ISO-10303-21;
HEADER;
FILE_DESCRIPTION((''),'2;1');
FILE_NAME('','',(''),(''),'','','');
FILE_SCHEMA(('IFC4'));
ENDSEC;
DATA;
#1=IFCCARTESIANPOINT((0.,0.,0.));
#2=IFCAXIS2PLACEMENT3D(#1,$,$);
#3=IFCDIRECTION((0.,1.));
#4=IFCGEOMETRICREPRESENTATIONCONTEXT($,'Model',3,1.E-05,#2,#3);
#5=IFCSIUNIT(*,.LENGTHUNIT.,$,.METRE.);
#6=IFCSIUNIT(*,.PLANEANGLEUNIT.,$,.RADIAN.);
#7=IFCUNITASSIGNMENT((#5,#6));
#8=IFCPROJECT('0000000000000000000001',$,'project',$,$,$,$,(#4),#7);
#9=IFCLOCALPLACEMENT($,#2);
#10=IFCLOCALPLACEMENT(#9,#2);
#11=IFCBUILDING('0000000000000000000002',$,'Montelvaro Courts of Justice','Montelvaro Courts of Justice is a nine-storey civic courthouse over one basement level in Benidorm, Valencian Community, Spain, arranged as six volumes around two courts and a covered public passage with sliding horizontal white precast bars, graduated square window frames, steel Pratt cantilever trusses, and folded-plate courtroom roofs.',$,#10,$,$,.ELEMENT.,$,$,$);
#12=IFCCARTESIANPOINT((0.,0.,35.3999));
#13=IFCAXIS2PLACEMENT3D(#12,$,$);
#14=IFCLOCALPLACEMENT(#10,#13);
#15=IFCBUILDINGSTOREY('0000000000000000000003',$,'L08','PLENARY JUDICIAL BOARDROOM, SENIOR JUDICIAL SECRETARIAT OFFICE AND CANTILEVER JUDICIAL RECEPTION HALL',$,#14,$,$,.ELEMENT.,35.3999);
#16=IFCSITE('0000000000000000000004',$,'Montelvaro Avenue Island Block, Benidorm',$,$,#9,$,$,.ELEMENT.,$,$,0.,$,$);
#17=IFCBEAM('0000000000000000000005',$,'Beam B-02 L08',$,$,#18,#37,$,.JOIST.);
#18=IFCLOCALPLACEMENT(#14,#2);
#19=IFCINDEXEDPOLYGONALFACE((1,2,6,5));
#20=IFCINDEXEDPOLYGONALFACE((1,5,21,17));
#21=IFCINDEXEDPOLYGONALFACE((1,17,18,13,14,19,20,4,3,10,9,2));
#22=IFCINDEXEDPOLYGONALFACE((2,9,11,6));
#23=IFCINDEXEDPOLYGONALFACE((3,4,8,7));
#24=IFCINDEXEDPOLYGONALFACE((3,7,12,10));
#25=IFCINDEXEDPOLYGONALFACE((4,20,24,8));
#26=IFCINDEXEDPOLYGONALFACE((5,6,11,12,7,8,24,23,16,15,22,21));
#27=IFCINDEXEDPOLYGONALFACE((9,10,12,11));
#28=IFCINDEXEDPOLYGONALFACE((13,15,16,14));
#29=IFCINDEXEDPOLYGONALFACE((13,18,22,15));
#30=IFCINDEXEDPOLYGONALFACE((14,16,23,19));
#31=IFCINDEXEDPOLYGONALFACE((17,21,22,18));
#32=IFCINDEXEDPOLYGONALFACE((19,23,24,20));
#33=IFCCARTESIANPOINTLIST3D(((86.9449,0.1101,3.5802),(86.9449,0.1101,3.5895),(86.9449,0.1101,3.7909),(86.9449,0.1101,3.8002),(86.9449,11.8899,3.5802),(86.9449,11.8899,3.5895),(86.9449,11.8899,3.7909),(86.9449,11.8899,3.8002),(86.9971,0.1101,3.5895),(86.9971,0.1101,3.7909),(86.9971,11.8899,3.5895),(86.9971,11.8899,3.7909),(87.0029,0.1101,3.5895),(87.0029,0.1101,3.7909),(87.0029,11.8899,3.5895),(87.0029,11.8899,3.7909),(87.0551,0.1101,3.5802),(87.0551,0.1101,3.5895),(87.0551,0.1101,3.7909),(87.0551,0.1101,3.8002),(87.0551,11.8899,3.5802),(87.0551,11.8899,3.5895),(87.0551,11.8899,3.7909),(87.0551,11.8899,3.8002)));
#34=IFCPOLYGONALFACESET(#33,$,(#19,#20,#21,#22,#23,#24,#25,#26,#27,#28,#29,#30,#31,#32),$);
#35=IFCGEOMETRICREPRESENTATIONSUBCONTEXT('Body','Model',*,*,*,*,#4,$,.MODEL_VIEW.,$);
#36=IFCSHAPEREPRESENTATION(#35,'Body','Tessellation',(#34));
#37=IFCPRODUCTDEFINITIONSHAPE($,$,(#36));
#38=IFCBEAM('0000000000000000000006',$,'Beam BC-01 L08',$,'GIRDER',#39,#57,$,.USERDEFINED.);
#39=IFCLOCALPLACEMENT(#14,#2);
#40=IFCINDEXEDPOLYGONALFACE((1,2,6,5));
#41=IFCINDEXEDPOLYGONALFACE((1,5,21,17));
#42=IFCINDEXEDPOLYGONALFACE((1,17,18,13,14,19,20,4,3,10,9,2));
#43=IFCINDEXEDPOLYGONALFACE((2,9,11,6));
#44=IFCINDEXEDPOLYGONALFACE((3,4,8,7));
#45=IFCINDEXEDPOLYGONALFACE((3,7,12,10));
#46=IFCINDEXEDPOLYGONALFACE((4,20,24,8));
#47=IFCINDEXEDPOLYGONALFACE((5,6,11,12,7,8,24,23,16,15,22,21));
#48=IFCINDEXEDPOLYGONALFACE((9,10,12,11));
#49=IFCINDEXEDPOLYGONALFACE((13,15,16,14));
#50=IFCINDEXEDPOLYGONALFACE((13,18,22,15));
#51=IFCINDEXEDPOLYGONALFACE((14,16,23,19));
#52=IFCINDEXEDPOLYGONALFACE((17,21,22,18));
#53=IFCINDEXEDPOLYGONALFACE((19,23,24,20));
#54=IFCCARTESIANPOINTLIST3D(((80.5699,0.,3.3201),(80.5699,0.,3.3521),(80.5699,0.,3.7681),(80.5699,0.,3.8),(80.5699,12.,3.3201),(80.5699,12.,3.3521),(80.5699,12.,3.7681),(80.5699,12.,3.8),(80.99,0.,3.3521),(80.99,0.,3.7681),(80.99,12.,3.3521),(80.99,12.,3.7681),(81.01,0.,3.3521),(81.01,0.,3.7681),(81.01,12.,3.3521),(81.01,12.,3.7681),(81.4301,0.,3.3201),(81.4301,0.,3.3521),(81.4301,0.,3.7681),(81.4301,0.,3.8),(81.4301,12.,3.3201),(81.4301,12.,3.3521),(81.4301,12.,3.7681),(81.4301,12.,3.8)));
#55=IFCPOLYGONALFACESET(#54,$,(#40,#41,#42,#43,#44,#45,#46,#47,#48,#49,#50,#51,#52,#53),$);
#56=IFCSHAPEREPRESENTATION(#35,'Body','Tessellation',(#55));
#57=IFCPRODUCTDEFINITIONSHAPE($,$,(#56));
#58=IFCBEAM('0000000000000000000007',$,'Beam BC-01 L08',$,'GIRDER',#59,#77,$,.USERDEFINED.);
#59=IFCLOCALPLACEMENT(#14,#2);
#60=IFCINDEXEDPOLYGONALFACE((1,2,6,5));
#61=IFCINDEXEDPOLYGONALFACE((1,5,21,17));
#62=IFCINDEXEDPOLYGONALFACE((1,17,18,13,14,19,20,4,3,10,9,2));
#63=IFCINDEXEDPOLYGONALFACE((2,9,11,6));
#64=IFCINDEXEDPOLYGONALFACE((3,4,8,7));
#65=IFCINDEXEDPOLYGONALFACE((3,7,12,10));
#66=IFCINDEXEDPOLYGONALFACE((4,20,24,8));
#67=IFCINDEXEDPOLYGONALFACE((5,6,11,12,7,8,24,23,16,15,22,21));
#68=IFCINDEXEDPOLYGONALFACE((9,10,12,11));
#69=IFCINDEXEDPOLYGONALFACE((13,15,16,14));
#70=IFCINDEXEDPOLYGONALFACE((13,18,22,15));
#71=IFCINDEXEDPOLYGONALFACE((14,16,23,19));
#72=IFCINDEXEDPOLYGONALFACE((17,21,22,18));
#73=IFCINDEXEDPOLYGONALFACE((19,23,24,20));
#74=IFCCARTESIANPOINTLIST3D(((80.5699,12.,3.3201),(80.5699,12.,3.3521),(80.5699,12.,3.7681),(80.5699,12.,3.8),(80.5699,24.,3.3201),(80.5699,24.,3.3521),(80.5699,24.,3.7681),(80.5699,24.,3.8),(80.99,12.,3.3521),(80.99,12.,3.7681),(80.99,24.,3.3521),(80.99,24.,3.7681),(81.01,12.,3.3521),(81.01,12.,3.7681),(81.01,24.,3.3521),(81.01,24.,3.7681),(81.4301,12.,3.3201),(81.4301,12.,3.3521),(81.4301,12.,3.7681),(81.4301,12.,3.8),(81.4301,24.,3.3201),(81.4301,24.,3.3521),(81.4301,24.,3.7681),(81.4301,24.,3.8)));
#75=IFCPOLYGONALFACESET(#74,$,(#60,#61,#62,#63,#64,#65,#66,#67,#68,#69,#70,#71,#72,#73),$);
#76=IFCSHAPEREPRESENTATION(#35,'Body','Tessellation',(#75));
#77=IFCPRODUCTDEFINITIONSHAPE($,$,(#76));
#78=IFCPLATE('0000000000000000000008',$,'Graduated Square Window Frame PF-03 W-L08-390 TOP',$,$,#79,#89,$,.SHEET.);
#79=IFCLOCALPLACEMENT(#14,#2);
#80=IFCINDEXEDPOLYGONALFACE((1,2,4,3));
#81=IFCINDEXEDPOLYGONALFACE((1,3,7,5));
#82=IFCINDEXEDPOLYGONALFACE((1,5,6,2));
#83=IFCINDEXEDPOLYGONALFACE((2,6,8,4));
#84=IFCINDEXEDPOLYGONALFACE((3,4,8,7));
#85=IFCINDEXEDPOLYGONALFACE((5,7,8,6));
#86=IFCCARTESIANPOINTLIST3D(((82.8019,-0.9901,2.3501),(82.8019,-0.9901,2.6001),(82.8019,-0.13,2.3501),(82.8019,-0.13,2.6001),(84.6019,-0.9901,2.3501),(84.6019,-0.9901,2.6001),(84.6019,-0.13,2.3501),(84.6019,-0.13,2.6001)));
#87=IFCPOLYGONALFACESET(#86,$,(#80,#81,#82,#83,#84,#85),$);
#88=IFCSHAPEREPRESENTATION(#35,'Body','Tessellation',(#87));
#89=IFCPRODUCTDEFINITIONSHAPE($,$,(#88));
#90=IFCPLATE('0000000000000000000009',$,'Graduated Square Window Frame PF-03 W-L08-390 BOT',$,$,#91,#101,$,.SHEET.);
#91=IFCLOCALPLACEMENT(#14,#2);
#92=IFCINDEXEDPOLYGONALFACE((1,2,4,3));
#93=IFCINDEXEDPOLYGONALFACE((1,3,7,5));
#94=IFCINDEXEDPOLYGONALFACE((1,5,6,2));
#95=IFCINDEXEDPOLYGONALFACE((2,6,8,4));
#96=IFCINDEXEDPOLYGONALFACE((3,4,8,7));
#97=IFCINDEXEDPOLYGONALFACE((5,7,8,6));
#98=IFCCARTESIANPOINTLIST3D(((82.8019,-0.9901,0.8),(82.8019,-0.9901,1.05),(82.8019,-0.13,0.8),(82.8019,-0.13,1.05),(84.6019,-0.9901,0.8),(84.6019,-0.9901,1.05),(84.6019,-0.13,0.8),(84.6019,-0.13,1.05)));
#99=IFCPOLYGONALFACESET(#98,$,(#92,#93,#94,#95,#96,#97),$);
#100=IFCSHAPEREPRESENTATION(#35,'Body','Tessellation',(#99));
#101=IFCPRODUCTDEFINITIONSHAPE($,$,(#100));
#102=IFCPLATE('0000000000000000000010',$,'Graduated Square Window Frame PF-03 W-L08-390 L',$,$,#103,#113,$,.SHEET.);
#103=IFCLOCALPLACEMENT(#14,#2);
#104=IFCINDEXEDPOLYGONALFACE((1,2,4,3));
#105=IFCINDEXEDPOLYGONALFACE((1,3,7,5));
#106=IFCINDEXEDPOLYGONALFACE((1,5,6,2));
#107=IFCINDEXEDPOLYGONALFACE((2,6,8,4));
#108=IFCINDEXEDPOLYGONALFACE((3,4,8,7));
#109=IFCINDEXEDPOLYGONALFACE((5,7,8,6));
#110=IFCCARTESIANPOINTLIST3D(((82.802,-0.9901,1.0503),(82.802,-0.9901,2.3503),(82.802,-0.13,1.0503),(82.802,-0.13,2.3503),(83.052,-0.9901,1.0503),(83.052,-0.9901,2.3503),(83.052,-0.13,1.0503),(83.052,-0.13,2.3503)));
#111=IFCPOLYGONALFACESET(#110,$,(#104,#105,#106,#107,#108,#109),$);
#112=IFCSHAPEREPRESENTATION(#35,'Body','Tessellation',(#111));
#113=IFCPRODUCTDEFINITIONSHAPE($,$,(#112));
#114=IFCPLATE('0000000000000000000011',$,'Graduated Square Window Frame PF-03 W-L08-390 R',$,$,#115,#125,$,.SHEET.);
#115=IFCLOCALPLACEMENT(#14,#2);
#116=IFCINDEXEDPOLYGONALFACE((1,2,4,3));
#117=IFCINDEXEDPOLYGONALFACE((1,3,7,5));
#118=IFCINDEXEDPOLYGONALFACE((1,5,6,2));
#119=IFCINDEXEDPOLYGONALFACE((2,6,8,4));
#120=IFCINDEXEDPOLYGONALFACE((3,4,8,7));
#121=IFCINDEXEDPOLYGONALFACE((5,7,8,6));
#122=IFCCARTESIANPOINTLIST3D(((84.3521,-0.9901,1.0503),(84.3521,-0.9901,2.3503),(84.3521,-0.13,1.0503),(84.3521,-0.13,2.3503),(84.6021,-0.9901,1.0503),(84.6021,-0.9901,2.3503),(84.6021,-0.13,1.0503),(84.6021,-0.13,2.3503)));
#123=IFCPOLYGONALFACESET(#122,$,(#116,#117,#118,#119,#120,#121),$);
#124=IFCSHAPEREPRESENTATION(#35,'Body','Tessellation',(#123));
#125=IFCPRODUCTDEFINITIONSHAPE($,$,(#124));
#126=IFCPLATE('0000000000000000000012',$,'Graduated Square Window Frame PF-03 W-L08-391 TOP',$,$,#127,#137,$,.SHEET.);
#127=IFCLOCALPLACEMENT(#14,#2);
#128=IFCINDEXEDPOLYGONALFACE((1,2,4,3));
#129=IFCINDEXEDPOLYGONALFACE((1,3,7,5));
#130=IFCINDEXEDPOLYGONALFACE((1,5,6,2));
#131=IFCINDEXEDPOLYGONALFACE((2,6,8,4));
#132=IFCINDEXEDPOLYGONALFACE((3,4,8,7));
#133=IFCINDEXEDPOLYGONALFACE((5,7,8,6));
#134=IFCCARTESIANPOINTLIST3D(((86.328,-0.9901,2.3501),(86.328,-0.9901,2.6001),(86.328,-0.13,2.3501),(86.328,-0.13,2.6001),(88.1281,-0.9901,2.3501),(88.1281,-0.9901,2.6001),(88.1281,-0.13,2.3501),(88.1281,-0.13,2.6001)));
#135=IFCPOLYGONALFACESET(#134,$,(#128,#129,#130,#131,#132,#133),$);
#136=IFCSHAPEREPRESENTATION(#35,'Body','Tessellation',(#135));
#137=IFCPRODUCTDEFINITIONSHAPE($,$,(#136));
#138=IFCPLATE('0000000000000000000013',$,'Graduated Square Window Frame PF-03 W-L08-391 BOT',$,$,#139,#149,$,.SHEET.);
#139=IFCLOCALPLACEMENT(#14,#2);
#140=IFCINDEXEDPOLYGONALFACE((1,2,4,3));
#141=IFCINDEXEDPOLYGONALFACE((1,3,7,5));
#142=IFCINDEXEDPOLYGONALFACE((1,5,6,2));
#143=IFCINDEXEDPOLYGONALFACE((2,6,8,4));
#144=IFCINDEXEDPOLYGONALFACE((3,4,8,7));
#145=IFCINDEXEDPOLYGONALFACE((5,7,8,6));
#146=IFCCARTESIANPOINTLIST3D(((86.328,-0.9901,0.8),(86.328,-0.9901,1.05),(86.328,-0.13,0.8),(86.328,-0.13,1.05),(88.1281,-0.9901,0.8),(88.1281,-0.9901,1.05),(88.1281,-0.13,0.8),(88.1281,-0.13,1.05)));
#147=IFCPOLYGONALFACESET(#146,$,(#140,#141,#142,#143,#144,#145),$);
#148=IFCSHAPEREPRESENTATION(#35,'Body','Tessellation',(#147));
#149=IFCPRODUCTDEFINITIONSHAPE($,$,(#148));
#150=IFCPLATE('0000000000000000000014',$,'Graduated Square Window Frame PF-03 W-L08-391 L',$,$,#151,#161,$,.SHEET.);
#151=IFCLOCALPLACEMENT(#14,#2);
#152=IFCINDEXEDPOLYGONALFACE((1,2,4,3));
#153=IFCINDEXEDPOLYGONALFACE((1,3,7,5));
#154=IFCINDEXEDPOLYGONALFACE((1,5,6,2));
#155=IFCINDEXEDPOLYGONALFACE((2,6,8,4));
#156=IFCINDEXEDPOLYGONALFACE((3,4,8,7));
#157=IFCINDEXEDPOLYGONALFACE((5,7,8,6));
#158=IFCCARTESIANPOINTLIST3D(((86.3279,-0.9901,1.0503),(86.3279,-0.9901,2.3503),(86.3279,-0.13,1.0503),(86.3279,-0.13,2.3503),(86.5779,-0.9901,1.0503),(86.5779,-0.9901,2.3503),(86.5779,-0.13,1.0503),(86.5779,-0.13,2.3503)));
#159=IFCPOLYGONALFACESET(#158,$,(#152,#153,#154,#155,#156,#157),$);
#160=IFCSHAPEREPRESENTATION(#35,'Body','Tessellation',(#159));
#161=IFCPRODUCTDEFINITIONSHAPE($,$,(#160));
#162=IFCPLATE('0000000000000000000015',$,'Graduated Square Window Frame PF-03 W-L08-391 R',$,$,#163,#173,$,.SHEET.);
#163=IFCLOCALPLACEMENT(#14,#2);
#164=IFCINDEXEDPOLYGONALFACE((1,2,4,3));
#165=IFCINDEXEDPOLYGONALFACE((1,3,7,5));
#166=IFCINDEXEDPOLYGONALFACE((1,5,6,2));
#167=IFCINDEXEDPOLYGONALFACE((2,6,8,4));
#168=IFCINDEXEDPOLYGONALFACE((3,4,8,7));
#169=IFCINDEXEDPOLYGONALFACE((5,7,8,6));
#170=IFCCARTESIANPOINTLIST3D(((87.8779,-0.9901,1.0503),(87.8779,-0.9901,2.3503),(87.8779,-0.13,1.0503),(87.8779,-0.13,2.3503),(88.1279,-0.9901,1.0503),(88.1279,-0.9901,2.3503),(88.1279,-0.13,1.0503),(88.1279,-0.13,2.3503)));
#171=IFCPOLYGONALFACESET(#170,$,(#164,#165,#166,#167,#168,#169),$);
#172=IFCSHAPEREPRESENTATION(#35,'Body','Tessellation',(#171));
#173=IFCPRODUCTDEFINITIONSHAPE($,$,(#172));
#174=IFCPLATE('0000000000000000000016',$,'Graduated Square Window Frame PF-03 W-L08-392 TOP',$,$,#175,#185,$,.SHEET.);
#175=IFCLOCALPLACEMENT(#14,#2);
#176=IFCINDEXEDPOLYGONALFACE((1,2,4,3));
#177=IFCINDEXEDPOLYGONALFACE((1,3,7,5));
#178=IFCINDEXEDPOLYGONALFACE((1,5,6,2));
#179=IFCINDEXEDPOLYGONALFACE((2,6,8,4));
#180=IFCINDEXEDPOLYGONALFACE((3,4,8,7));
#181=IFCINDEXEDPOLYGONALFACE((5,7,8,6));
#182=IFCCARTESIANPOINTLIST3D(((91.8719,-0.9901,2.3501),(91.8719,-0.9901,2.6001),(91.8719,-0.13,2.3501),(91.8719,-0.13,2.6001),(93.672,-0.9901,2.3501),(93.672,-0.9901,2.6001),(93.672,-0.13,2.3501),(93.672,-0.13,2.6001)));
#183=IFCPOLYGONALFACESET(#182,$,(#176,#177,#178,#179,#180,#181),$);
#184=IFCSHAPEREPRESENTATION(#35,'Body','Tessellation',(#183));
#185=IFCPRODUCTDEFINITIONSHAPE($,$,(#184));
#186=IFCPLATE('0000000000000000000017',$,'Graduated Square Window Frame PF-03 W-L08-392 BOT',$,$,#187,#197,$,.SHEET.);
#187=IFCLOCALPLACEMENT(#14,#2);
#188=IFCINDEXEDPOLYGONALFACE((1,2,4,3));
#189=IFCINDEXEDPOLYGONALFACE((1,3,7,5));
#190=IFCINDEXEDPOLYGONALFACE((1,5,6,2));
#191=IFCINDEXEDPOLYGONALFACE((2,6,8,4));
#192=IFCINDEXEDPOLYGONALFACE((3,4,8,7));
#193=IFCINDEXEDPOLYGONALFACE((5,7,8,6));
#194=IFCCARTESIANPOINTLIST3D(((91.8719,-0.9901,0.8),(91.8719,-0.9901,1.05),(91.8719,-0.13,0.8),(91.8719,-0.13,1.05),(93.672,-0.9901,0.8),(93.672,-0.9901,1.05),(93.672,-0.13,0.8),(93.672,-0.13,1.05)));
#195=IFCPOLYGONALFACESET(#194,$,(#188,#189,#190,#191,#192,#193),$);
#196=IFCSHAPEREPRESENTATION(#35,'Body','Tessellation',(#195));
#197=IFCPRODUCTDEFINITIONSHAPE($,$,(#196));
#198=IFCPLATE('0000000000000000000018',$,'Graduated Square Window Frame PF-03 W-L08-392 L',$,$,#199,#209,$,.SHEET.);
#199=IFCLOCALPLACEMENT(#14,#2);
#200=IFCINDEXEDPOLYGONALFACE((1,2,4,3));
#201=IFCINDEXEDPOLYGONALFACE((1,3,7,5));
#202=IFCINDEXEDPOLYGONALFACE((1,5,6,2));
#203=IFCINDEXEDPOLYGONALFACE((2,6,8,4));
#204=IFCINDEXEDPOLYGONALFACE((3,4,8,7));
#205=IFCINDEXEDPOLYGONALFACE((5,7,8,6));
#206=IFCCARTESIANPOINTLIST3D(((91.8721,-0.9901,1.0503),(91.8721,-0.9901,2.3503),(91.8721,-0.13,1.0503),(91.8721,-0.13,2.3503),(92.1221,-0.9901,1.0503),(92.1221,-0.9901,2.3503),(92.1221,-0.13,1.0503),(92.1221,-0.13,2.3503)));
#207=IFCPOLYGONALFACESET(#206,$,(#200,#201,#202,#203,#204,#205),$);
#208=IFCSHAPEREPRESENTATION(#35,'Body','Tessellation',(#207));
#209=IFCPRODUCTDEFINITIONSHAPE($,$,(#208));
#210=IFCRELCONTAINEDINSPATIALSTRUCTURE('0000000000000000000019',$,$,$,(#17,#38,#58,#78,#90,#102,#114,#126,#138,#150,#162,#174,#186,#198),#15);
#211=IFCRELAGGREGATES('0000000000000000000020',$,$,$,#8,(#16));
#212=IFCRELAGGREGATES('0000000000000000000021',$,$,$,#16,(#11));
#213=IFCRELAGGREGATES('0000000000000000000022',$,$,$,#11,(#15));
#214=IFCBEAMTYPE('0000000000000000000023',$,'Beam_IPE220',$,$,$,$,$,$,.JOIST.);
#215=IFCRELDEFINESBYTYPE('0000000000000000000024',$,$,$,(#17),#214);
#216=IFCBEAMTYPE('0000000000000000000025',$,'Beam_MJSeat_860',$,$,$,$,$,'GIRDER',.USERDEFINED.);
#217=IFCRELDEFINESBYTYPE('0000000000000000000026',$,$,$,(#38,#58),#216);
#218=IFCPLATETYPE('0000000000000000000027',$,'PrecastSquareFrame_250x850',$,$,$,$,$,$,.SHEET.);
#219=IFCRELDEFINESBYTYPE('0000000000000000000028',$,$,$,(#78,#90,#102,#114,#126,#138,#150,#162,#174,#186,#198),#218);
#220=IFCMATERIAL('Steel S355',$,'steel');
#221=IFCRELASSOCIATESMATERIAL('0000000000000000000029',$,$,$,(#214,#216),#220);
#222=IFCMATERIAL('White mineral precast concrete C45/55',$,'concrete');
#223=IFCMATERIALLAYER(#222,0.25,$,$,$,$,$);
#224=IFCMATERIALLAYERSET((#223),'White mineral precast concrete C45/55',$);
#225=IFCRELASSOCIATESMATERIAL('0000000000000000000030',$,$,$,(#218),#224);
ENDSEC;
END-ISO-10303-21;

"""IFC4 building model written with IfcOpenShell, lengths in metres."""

from ifc_helpers import new_model, si_unit, direction, frame, origin, origin_2d, place, context, subcontext, project, spatial, rectangle, i_section, extrude, material, layer, layer_set, material_profile, profile_set, type_object, element, save


model = new_model("IFC4")

# Units and contexts
model_context = context("Model", 3, precision=1e-05, world=origin(), true_north=direction((0.0, 1.0)))
body_context = subcontext(model_context, "Body", "Model", "MODEL_VIEW")
ifc_project = project(units=[si_unit("LENGTHUNIT", "METRE"), si_unit("PLANEANGLEUNIT", "RADIAN")], contexts=[model_context])

# Site, building, storey
site_placement = place(None, origin())
site = spatial("IfcSite", under=ifc_project, at=site_placement, Name="Montelvaro Avenue Island Block, Benidorm", CompositionType="ELEMENT", RefElevation=0.0)
building_placement = place(site_placement, origin())
building = spatial("IfcBuilding", under=site, at=building_placement, Name="Montelvaro Courts of Justice", Description="Montelvaro Courts of Justice is a nine-storey civic courthouse over one basement level in Benidorm, Valencian Community, Spain, arranged as six volumes around two courts and a covered public passage with sliding horizontal white precast bars, graduated square window frames, steel Pratt cantilever trusses, and folded-plate courtroom roofs.", CompositionType="ELEMENT")
storey_placement = place(building_placement, frame((0.0, 0.0, 35.3999)))
storey = spatial("IfcBuildingStorey", under=building, at=storey_placement, Name="L08", Description="PLENARY JUDICIAL BOARDROOM, SENIOR JUDICIAL SECRETARIAT OFFICE AND CANTILEVER JUDICIAL RECEPTION HALL", CompositionType="ELEMENT", Elevation=35.3999)

# Shared definitions
ifc_material_1 = material(Name="Steel S355", Category="steel")

# Beams
ifc_material_profile_1 = material_profile(ifc_material_1, i_section(OverallWidth=0.1101, OverallDepth=0.22, WebThickness=0.0059, FlangeThickness=0.0093, at=origin_2d()), Name="IPE 220")
ifc_profile_set_1 = profile_set([ifc_material_profile_1], Name="Steel S355")
beam_type_1 = type_object("IfcBeamType", Name="Beam_IPE220", PredefinedType="JOIST", material=ifc_profile_set_1)
beam_1_placement = place(storey_placement, frame((87.0, 0.1101, 3.6902), z_axis=(0.0, 1.0, 0.0), x_axis=(-1.0, 0.0, 0.0)))
element("IfcBeam", 1, at=beam_1_placement, inside=storey, type_object=beam_type_1, Name="Beam B-02 L08", PredefinedType="JOIST", context=body_context, shape_type="SweptSolid", body=[
    extrude(i_section(OverallWidth=0.1101, OverallDepth=0.22, WebThickness=0.0059, FlangeThickness=0.0093, at=origin_2d()), origin(), (0.0, 0.0, 1.0), 11.7798),
])
ifc_material_profile_2 = material_profile(ifc_material_1, i_section(OverallWidth=0.8601, OverallDepth=0.48, WebThickness=0.02, FlangeThickness=0.032, at=origin_2d()), Name="HL 480x860")
ifc_profile_set_2 = profile_set([ifc_material_profile_2], Name="Steel S355")
beam_type_2 = type_object("IfcBeamType", Name="Beam_MJSeat_860", ElementType="GIRDER", PredefinedType="USERDEFINED", material=ifc_profile_set_2)
for number, where, z_axis, x_axis, name in (
    (2, (81.0, 0.0, 3.5601), (0.0, 1.0, 0.0), (-1.0, 0.0, 0.0), "Beam BC-01 L08"),
    (3, (81.0, 12.0, 3.5601), (0.0, 1.0, 0.0), (-1.0, 0.0, 0.0), "Beam BC-01 L08"),
):
    element("IfcBeam", number, at=place(storey_placement, frame(where, z_axis=z_axis, x_axis=x_axis)), inside=storey, type_object=beam_type_2, Name=name, ObjectType="GIRDER", PredefinedType="USERDEFINED", context=body_context, shape_type="SweptSolid", body=[
        extrude(i_section(OverallWidth=0.8601, OverallDepth=0.48, WebThickness=0.02, FlangeThickness=0.032, at=origin_2d()), origin(), (0.0, 0.0, 1.0), 12.0),
    ])

# Plates
ifc_material_2 = material(Name="White mineral precast concrete C45/55", Category="concrete")
ifc_layer_1 = layer(ifc_material_2, 0.25)
ifc_layer_set_1 = layer_set([ifc_layer_1], Name="White mineral precast concrete C45/55")
plate_type = type_object("IfcPlateType", Name="PrecastSquareFrame_250x850", PredefinedType="SHEET", material=ifc_layer_set_1)
for number, where, z_axis, x_axis, name in (
    (4, (83.7019, -0.5601, 2.3501), (0.0, 0.0, 1.0), (1.0, 0.0, 0.0), "Graduated Square Window Frame PF-03 W-L08-390 TOP"),
    (5, (83.7019, -0.5601, 0.8), (0.0, 0.0, 1.0), (1.0, 0.0, 0.0), "Graduated Square Window Frame PF-03 W-L08-390 BOT"),
):
    element("IfcPlate", number, at=place(storey_placement, frame(where, z_axis=z_axis, x_axis=x_axis)), inside=storey, type_object=plate_type, Name=name, PredefinedType="SHEET", context=body_context, shape_type="SweptSolid", body=[
        extrude(rectangle(XDim=1.8, YDim=0.8601, at=origin_2d()), origin(), (0.0, 0.0, 1.0), 0.25),
    ])
for number, where, z_axis, x_axis, name in (
    (6, (82.927, -0.5601, 1.0503), (0.0, 0.0, 1.0), (1.0, 0.0, 0.0), "Graduated Square Window Frame PF-03 W-L08-390 L"),
    (7, (84.4771, -0.5601, 1.0503), (0.0, 0.0, 1.0), (1.0, 0.0, 0.0), "Graduated Square Window Frame PF-03 W-L08-390 R"),
):
    element("IfcPlate", number, at=place(storey_placement, frame(where, z_axis=z_axis, x_axis=x_axis)), inside=storey, type_object=plate_type, Name=name, PredefinedType="SHEET", context=body_context, shape_type="SweptSolid", body=[
        extrude(rectangle(XDim=0.25, YDim=0.8601, at=origin_2d()), origin(), (0.0, 0.0, 1.0), 1.3),
    ])
for number, where, z_axis, x_axis, name in (
    (8, (87.228, -0.5601, 2.3501), (0.0, 0.0, 1.0), (1.0, 0.0, 0.0), "Graduated Square Window Frame PF-03 W-L08-391 TOP"),
    (9, (87.228, -0.5601, 0.8), (0.0, 0.0, 1.0), (1.0, 0.0, 0.0), "Graduated Square Window Frame PF-03 W-L08-391 BOT"),
):
    element("IfcPlate", number, at=place(storey_placement, frame(where, z_axis=z_axis, x_axis=x_axis)), inside=storey, type_object=plate_type, Name=name, PredefinedType="SHEET", context=body_context, shape_type="SweptSolid", body=[
        extrude(rectangle(XDim=1.8, YDim=0.8601, at=origin_2d()), origin(), (0.0, 0.0, 1.0), 0.25),
    ])
for number, where, z_axis, x_axis, name in (
    (10, (86.4529, -0.5601, 1.0503), (0.0, 0.0, 1.0), (1.0, 0.0, 0.0), "Graduated Square Window Frame PF-03 W-L08-391 L"),
    (11, (88.0029, -0.5601, 1.0503), (0.0, 0.0, 1.0), (1.0, 0.0, 0.0), "Graduated Square Window Frame PF-03 W-L08-391 R"),
):
    element("IfcPlate", number, at=place(storey_placement, frame(where, z_axis=z_axis, x_axis=x_axis)), inside=storey, type_object=plate_type, Name=name, PredefinedType="SHEET", context=body_context, shape_type="SweptSolid", body=[
        extrude(rectangle(XDim=0.25, YDim=0.8601, at=origin_2d()), origin(), (0.0, 0.0, 1.0), 1.3),
    ])
for number, where, z_axis, x_axis, name in (
    (12, (92.772, -0.5601, 2.3501), (0.0, 0.0, 1.0), (1.0, 0.0, 0.0), "Graduated Square Window Frame PF-03 W-L08-392 TOP"),
    (13, (92.772, -0.5601, 0.8), (0.0, 0.0, 1.0), (1.0, 0.0, 0.0), "Graduated Square Window Frame PF-03 W-L08-392 BOT"),
):
    element("IfcPlate", number, at=place(storey_placement, frame(where, z_axis=z_axis, x_axis=x_axis)), inside=storey, type_object=plate_type, Name=name, PredefinedType="SHEET", context=body_context, shape_type="SweptSolid", body=[
        extrude(rectangle(XDim=1.8, YDim=0.8601, at=origin_2d()), origin(), (0.0, 0.0, 1.0), 0.25),
    ])
plate_placement = place(storey_placement, frame((91.9971, -0.5601, 1.0503), z_axis=(0.0, 0.0, 1.0), x_axis=(1.0, 0.0, 0.0)))
element("IfcPlate", 14, at=plate_placement, inside=storey, type_object=plate_type, Name="Graduated Square Window Frame PF-03 W-L08-392 L", PredefinedType="SHEET", context=body_context, shape_type="SweptSolid", body=[
    extrude(rectangle(XDim=0.25, YDim=0.8601, at=origin_2d()), origin(), (0.0, 0.0, 1.0), 1.3),
])

save(model, "model.ifc")
